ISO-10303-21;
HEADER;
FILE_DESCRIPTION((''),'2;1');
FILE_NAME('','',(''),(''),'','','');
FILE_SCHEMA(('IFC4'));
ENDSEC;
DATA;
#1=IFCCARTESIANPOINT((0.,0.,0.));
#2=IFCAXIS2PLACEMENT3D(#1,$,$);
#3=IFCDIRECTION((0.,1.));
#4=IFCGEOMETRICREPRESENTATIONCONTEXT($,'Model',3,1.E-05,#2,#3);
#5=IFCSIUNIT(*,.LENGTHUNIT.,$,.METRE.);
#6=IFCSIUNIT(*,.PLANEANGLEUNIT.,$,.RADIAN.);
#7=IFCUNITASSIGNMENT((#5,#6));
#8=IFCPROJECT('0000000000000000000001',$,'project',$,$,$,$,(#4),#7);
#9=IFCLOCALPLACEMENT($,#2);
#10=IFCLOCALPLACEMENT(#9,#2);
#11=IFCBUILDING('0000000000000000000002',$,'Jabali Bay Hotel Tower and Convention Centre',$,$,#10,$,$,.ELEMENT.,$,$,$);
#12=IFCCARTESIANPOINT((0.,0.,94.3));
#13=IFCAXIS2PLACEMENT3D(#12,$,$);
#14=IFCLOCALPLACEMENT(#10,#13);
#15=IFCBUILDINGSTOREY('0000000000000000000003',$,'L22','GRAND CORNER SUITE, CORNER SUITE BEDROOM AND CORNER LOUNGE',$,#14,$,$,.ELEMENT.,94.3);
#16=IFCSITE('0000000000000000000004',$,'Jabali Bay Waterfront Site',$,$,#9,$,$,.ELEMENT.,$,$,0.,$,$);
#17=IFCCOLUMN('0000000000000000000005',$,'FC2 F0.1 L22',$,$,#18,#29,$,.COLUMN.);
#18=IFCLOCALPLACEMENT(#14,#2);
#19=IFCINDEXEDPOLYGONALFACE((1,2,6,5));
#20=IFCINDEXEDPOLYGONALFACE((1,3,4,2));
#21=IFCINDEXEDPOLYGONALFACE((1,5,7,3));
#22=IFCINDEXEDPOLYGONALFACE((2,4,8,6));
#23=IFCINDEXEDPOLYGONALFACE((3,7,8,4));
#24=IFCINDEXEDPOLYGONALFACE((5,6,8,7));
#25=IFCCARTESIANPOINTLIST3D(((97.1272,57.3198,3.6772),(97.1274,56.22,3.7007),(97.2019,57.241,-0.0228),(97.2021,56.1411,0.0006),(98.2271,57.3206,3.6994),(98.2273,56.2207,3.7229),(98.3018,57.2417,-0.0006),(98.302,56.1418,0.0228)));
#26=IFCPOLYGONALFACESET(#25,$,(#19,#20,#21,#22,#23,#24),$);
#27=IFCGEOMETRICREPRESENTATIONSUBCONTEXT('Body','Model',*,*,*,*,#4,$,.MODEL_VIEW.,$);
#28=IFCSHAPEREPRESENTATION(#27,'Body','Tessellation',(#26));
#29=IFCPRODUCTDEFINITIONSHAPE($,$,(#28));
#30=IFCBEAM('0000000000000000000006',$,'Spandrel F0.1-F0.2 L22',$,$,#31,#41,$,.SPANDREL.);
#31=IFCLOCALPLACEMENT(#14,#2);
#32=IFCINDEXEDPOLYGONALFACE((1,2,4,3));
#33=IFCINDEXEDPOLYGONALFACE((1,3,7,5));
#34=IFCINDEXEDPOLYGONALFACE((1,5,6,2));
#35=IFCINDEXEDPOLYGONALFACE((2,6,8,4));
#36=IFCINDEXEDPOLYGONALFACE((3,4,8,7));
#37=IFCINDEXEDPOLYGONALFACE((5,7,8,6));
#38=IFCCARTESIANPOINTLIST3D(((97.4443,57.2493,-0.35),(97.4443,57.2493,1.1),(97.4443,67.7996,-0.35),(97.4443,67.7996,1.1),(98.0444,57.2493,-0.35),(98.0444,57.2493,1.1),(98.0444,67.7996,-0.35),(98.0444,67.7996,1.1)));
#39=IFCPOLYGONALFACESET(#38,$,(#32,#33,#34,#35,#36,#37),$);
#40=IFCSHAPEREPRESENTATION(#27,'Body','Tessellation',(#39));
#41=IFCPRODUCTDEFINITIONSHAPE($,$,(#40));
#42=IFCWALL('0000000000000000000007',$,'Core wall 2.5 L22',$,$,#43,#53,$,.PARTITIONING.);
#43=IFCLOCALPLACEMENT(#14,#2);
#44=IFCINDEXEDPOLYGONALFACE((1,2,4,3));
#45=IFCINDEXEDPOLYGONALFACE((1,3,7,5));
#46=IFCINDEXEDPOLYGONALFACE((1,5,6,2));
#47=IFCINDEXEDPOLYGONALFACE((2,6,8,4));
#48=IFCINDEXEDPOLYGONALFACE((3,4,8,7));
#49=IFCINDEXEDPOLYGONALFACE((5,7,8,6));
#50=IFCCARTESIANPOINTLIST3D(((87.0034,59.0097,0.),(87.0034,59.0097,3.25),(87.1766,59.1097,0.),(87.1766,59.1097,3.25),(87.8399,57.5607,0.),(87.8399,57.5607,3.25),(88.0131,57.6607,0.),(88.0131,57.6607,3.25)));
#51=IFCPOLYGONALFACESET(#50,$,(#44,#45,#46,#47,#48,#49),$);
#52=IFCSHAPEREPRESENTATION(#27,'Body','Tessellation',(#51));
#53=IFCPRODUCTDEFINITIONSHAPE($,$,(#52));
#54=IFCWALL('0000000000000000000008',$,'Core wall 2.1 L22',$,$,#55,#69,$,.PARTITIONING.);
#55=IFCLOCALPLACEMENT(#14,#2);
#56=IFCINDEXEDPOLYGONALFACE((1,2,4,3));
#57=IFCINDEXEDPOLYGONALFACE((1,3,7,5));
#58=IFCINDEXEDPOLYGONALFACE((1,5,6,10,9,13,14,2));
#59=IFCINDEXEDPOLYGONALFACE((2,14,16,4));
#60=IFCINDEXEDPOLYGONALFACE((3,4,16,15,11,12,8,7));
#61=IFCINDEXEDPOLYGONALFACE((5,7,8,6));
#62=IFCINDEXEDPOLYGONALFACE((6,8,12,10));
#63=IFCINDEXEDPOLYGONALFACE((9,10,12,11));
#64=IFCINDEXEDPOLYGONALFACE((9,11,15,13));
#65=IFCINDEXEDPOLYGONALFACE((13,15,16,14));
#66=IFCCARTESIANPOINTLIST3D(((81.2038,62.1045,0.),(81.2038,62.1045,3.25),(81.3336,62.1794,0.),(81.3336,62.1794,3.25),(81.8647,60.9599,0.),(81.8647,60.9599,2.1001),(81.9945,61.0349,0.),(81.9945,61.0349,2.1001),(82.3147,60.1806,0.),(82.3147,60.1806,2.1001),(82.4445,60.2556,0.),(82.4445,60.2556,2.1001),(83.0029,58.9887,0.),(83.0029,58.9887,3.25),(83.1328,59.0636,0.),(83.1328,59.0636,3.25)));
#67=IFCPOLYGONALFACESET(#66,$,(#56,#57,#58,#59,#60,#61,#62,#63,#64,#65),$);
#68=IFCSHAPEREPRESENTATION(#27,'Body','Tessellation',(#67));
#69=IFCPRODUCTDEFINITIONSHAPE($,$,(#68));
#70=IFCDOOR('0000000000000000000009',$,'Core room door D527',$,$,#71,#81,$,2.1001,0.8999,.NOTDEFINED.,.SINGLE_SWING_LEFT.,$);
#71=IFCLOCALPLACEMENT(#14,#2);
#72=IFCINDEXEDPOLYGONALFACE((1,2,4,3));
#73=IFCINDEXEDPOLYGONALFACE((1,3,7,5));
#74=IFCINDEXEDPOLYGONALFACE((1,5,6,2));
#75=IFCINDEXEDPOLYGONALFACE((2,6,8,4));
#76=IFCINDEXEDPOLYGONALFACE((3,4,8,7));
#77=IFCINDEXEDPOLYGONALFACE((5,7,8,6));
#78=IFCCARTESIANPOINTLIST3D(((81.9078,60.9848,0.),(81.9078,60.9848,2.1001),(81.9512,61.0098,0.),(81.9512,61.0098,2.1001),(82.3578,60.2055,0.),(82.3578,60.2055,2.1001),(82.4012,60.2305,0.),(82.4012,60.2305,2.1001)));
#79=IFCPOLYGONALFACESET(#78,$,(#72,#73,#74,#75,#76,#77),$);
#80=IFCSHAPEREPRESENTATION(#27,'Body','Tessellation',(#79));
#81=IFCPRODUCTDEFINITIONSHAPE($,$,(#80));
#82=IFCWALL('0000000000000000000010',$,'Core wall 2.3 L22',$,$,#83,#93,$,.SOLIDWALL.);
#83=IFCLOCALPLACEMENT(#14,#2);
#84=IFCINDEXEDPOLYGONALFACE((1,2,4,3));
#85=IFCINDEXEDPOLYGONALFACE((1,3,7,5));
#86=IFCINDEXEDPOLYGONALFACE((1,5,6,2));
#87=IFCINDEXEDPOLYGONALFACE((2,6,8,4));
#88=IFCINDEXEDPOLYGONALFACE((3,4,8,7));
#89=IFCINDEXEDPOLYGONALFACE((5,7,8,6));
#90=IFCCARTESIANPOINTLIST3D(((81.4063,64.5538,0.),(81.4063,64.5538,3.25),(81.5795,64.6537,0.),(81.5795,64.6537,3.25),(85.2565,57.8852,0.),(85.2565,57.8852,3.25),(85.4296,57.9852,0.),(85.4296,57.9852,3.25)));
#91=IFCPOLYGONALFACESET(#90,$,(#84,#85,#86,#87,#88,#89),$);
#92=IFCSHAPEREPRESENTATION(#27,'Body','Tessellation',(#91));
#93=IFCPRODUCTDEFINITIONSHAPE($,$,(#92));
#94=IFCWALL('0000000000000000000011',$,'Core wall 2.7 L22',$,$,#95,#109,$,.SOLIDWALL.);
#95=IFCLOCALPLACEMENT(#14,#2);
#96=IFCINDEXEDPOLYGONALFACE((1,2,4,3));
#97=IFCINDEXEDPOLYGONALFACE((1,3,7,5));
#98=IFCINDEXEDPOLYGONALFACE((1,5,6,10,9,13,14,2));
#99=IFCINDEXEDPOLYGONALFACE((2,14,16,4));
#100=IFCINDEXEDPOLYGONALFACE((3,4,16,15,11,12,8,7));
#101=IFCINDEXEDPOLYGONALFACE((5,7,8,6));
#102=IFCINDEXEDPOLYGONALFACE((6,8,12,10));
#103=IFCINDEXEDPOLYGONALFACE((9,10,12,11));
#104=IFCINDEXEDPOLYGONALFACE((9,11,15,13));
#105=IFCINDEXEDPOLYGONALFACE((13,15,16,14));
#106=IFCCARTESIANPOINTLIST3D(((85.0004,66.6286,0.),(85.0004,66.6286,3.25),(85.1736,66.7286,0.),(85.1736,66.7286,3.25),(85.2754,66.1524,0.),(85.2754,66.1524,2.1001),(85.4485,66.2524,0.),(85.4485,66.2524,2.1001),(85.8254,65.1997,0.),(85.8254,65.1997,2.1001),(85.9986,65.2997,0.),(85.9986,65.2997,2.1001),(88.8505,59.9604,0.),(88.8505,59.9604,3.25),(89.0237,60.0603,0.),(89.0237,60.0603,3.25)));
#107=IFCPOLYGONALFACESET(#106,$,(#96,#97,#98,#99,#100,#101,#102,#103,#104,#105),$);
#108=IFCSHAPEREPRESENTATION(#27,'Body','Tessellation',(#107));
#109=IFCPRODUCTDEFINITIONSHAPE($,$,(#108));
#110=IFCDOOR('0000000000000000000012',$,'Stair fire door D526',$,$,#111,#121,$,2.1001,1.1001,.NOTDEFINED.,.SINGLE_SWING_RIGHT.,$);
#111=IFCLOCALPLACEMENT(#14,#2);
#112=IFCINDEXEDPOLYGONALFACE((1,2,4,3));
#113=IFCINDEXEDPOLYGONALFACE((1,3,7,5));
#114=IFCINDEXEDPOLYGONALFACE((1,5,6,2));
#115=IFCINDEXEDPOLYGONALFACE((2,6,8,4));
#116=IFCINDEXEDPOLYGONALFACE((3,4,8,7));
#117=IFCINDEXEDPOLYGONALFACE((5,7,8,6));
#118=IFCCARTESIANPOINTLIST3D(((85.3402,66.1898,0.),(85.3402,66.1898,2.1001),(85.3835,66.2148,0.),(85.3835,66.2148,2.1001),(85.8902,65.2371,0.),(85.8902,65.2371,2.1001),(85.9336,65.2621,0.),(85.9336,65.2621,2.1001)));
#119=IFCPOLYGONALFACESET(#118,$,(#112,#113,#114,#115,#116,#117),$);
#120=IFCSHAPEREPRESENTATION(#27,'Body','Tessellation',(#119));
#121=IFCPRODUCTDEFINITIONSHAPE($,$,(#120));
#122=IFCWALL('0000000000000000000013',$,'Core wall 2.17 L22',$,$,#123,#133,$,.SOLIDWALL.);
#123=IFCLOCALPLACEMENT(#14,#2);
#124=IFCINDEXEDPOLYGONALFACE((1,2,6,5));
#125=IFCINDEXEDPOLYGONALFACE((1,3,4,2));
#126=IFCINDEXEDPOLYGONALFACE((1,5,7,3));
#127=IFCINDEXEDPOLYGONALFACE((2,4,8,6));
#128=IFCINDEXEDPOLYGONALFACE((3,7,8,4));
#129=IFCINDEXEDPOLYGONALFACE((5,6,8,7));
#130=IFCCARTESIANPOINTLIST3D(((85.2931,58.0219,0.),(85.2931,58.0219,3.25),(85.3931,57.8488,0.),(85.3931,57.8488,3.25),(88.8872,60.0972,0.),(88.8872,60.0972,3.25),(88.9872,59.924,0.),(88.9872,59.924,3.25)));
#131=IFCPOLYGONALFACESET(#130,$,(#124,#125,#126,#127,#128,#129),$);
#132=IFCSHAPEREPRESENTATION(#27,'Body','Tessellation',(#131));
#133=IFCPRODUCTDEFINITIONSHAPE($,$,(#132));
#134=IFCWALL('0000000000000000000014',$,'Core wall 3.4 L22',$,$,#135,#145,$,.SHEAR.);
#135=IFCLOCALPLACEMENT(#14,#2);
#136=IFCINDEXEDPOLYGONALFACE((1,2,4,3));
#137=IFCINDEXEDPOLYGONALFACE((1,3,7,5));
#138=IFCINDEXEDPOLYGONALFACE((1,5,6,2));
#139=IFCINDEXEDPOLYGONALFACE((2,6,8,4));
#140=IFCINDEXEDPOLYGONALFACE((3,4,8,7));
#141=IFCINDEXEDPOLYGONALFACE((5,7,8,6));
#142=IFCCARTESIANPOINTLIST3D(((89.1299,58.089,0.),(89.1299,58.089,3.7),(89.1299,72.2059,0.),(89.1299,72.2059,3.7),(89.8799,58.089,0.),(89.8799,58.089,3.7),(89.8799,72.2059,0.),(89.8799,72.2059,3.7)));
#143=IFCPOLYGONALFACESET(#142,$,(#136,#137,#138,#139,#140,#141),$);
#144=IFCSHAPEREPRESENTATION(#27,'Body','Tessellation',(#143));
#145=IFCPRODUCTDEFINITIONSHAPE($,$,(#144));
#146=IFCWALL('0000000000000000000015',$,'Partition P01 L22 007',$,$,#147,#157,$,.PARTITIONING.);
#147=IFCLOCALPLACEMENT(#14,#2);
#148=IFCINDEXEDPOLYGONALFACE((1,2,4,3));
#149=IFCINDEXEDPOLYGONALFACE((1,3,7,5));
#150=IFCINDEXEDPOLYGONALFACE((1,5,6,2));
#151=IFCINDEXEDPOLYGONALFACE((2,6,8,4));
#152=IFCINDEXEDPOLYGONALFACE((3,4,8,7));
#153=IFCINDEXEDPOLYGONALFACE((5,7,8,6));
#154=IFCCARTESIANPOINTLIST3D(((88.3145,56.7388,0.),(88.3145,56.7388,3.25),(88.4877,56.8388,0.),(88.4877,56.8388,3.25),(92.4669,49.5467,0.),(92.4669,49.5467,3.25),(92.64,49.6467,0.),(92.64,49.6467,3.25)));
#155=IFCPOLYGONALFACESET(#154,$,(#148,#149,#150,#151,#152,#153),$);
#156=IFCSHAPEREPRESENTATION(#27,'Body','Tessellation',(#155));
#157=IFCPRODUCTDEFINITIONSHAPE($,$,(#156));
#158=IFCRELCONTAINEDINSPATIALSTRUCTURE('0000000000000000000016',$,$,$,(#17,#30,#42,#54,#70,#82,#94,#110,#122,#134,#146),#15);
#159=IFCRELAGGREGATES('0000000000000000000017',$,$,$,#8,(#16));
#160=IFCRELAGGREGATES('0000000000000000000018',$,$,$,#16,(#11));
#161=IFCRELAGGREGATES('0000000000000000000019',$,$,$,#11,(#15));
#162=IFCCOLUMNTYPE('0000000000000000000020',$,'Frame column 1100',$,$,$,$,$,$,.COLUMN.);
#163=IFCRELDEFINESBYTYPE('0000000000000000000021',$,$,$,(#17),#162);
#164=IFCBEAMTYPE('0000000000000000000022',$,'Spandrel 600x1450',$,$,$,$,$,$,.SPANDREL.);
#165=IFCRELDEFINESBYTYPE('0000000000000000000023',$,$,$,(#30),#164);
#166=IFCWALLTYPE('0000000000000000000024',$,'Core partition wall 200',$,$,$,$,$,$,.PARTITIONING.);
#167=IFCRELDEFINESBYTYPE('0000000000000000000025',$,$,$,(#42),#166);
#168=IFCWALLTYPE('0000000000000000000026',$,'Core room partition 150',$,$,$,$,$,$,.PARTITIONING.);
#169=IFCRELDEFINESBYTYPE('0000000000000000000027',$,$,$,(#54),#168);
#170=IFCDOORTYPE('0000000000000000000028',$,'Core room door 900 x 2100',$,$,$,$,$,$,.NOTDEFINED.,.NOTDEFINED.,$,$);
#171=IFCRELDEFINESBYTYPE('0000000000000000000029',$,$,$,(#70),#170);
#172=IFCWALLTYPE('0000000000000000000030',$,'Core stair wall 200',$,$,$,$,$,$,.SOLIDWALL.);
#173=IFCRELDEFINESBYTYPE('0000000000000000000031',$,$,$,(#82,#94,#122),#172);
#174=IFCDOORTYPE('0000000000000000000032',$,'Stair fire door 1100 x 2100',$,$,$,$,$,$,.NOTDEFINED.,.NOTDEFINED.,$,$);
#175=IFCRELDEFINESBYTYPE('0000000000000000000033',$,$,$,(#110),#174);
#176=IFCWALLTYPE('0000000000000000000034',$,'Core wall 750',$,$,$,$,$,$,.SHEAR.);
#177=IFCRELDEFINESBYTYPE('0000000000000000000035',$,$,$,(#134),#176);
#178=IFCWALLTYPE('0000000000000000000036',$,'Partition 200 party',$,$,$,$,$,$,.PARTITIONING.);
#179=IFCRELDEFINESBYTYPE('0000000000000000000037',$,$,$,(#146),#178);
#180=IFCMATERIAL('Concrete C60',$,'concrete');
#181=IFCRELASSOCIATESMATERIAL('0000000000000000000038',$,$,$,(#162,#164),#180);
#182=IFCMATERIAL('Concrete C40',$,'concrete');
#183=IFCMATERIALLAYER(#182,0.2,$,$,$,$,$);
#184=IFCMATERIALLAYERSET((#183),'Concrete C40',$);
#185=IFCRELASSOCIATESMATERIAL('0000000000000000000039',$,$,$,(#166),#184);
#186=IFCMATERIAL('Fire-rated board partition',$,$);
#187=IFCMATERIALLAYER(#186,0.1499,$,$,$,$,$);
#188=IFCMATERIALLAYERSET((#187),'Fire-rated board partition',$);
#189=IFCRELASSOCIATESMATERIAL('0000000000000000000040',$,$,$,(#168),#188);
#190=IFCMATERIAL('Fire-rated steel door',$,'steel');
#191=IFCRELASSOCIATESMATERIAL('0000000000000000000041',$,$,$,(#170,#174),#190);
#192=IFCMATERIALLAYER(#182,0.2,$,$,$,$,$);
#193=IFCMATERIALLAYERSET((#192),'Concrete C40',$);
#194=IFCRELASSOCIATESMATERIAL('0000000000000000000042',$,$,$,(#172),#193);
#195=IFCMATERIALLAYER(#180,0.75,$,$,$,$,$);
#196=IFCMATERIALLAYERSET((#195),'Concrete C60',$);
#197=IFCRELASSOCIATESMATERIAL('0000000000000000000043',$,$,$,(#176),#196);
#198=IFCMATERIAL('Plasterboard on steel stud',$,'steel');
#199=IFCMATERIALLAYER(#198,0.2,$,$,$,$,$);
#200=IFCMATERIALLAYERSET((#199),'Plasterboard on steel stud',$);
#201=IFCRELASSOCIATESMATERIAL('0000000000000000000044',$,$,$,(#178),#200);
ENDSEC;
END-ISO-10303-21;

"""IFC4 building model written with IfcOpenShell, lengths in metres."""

from ifc_helpers import new_model, si_unit, direction, frame, frame_2d, origin, origin_2d, place, context, subcontext, project, spatial, rectangle, extrude, material, layer, layer_set, material_profile, profile_set, type_object, element, fill, save


model = new_model("IFC4")

# Units and contexts
model_context = context("Model", 3, precision=1e-05, world=origin(), true_north=direction((0.0, 1.0)))
body_context = subcontext(model_context, "Body", "Model", "MODEL_VIEW")
ifc_project = project(units=[si_unit("LENGTHUNIT", "METRE"), si_unit("PLANEANGLEUNIT", "RADIAN")], contexts=[model_context])

# Site, building, storey
site_placement = place(None, origin())
site = spatial("IfcSite", under=ifc_project, at=site_placement, Name="Jabali Bay Waterfront Site", CompositionType="ELEMENT", RefElevation=0.0)
building_placement = place(site_placement, origin())
building = spatial("IfcBuilding", under=site, at=building_placement, Name="Jabali Bay Hotel Tower and Convention Centre", CompositionType="ELEMENT")
storey_placement = place(building_placement, frame((0.0, 0.0, 94.3)))
storey = spatial("IfcBuildingStorey", under=building, at=storey_placement, Name="L22", Description="GRAND CORNER SUITE, CORNER SUITE BEDROOM AND CORNER LOUNGE", CompositionType="ELEMENT", Elevation=94.3)

# Column
ifc_material_1 = material(Name="Concrete C60", Category="concrete")
ifc_material_profile_1 = material_profile(ifc_material_1, rectangle(XDim=1.1001, YDim=1.1001, at=origin_2d()), Name="Frame column 1100")
ifc_profile_set_1 = profile_set([ifc_material_profile_1], Name="Concrete C60")
column_type = type_object("IfcColumnType", Name="Frame column 1100", PredefinedType="COLUMN", material=ifc_profile_set_1)
column_placement = place(storey_placement, frame((97.752, 56.6914, 0.0), z_axis=(-0.020183, 0.021304, 0.999569), x_axis=(0.000228, -0.999773, 0.021313)))
element("IfcColumn", 1, at=column_placement, inside=storey, type_object=column_type, Name="FC2 F0.1 L22", PredefinedType="COLUMN", context=body_context, shape_type="SweptSolid", body=[
    extrude(rectangle(XDim=1.1001, YDim=1.1001, at=origin_2d()), origin(), (0.0, 0.0, 1.0), 3.7017),
])

# Beam
ifc_material_profile_2 = material_profile(ifc_material_1, rectangle(XDim=0.6001, YDim=1.45, at=origin_2d()), Name="Spandrel 600x1450")
ifc_profile_set_2 = profile_set([ifc_material_profile_2], Name="Concrete C60")
beam_type = type_object("IfcBeamType", Name="Spandrel 600x1450", PredefinedType="SPANDREL", material=ifc_profile_set_2)
beam_placement = place(storey_placement, frame((97.7444, 57.2493, 0.375), z_axis=(0.0, 1.0, 0.0), x_axis=(-1.0, 0.0, 0.0)))
element("IfcBeam", 2, at=beam_placement, inside=storey, type_object=beam_type, Name="Spandrel F0.1-F0.2 L22", PredefinedType="SPANDREL", context=body_context, shape_type="SweptSolid", body=[
    extrude(rectangle(XDim=0.6001, YDim=1.45, at=origin_2d()), origin(), (0.0, 0.0, 1.0), 10.5503),
])

# Wall
ifc_material_2 = material(Name="Concrete C40", Category="concrete")
ifc_layer_1 = layer(ifc_material_2, 0.2)
ifc_layer_set_1 = layer_set([ifc_layer_1], Name="Concrete C40")
wall_type_1 = type_object("IfcWallType", Name="Core partition wall 200", PredefinedType="PARTITIONING", material=ifc_layer_set_1)
wall_1_placement = place(storey_placement, frame((87.0901, 59.0596, 0.0), z_axis=(0.0, 0.0, 1.0), x_axis=(0.499937, -0.866062, 0.0)))
element("IfcWall", 3, at=wall_1_placement, inside=storey, type_object=wall_type_1, Name="Core wall 2.5 L22", PredefinedType="PARTITIONING", context=body_context, shape_type="SweptSolid", body=[
    extrude(rectangle(XDim=1.6731, YDim=0.2, at=frame_2d((0.8364, 0.0))), origin(), (0.0, 0.0, 1.0), 3.25),
])

# Wall, opening, door
ifc_material_3 = material(Name="Fire-rated board partition")
ifc_layer_2 = layer(ifc_material_3, 0.1499)
ifc_layer_set_2 = layer_set([ifc_layer_2], Name="Fire-rated board partition")
wall_type_2 = type_object("IfcWallType", Name="Core room partition 150", PredefinedType="PARTITIONING", material=ifc_layer_set_2)
wall_2_placement = place(storey_placement, frame((81.2688, 62.1418, 0.0), z_axis=(0.0, 0.0, 1.0), x_axis=(0.500044, -0.866, 0.0)))
wall_2 = element("IfcWall", 4, at=wall_2_placement, inside=storey, type_object=wall_type_2, Name="Core wall 2.1 L22", PredefinedType="PARTITIONING", context=body_context, shape_type="SweptSolid", body=[
    extrude(rectangle(XDim=3.5979, YDim=0.1499, at=frame_2d((1.7988, 0.0))), origin(), (0.0, 0.0, 1.0), 3.25),
])
opening_1_placement = place(wall_2_placement, frame((1.3215, 0.0, 0.0)))
opening_1 = element("IfcOpeningElement", 5, at=opening_1_placement, cuts=wall_2, PredefinedType="OPENING", context=body_context, shape_type="SweptSolid", body=[
    extrude(rectangle(XDim=0.8999, YDim=2.1001, at=frame_2d((0.45, 1.05))), frame((0.0, 0.0854, 0.0), z_axis=(0.0, -1.0, 0.0), x_axis=(1.0, 0.0, 0.0)), (0.0, 0.0, 1.0), 0.1709),
])
ifc_material_4 = material(Name="Fire-rated steel door", Category="steel")
door_type_1 = type_object("IfcDoorType", Name="Core room door 900 x 2100", OperationType="NOTDEFINED", PredefinedType="NOTDEFINED", material=ifc_material_4)
door_1_placement = place(opening_1_placement, origin())
door_1 = element("IfcDoor", 6, at=door_1_placement, inside=storey, type_object=door_type_1, Name="Core room door D527", OperationType="SINGLE_SWING_LEFT", OverallHeight=2.1001, OverallWidth=0.8999, PredefinedType="NOTDEFINED", context=body_context, shape_type="SweptSolid", body=[
    extrude(rectangle(XDim=0.8999, YDim=2.1001, at=frame_2d((0.45, 1.05))), frame((0.0, 0.0249, 0.0), z_axis=(0.0, -1.0, 0.0), x_axis=(1.0, 0.0, 0.0)), (0.0, 0.0, 1.0), 0.05),
])
fill(opening_1, door_1)

# Wall
ifc_layer_3 = layer(ifc_material_2, 0.2)
ifc_layer_set_3 = layer_set([ifc_layer_3], Name="Concrete C40")
wall_type_3 = type_object("IfcWallType", Name="Core stair wall 200", PredefinedType="SOLIDWALL", material=ifc_layer_set_3)
wall_3_placement = place(storey_placement, frame((81.4929, 64.6038, 0.0), z_axis=(0.0, 0.0, 1.0), x_axis=(0.500006, -0.866022, 0.0)))
element("IfcWall", 7, at=wall_3_placement, inside=storey, type_object=wall_type_3, Name="Core wall 2.3 L22", PredefinedType="SOLIDWALL", context=body_context, shape_type="SweptSolid", body=[
    extrude(rectangle(XDim=7.7002, YDim=0.2, at=frame_2d((3.8501, 0.0))), origin(), (0.0, 0.0, 1.0), 3.25),
])

# Wall, opening, door
wall_4_placement = place(storey_placement, frame((85.0869, 66.6787, 0.0), z_axis=(0.0, 0.0, 1.0), x_axis=(0.50002, -0.866014, 0.0)))
wall_4 = element("IfcWall", 8, at=wall_4_placement, inside=storey, type_object=wall_type_3, Name="Core wall 2.7 L22", PredefinedType="SOLIDWALL", context=body_context, shape_type="SweptSolid", body=[
    extrude(rectangle(XDim=7.7, YDim=0.2, at=frame_2d((3.8501, 0.0))), origin(), (0.0, 0.0, 1.0), 3.25),
])
opening_2_placement = place(wall_4_placement, frame((0.55, 0.0, 0.0)))
opening_2 = element("IfcOpeningElement", 9, at=opening_2_placement, cuts=wall_4, PredefinedType="OPENING", context=body_context, shape_type="SweptSolid", body=[
    extrude(rectangle(XDim=1.1001, YDim=2.1001, at=frame_2d((0.55, 1.05))), frame((0.0, 0.1104, 0.0), z_axis=(0.0, -1.0, 0.0), x_axis=(1.0, 0.0, 0.0)), (0.0, 0.0, 1.0), 0.2209),
])
door_type_2 = type_object("IfcDoorType", Name="Stair fire door 1100 x 2100", OperationType="NOTDEFINED", PredefinedType="NOTDEFINED", material=ifc_material_4)
door_2_placement = place(opening_2_placement, origin())
door_2 = element("IfcDoor", 10, at=door_2_placement, inside=storey, type_object=door_type_2, Name="Stair fire door D526", OperationType="SINGLE_SWING_RIGHT", OverallHeight=2.1001, OverallWidth=1.1001, PredefinedType="NOTDEFINED", context=body_context, shape_type="SweptSolid", body=[
    extrude(rectangle(XDim=1.1001, YDim=2.1001, at=frame_2d((0.55, 1.05))), frame((0.0, 0.0249, 0.0), z_axis=(0.0, -1.0, 0.0), x_axis=(1.0, 0.0, 0.0)), (0.0, 0.0, 1.0), 0.05),
])
fill(opening_2, door_2)

# Walls
wall_5_placement = place(storey_placement, frame((85.343, 57.9353, 0.0), z_axis=(0.0, 0.0, 1.0), x_axis=(0.866004, 0.500036, 0.0)))
element("IfcWall", 11, at=wall_5_placement, inside=storey, type_object=wall_type_3, Name="Core wall 2.17 L22", PredefinedType="SOLIDWALL", context=body_context, shape_type="SweptSolid", body=[
    extrude(rectangle(XDim=4.1501, YDim=0.2, at=frame_2d((2.0752, 0.0))), origin(), (0.0, 0.0, 1.0), 3.25),
])
ifc_layer_4 = layer(ifc_material_1, 0.75)
ifc_layer_set_4 = layer_set([ifc_layer_4], Name="Concrete C60")
wall_type_4 = type_object("IfcWallType", Name="Core wall 750", PredefinedType="SHEAR", material=ifc_layer_set_4)
wall_6_placement = place(storey_placement, frame((89.5049, 58.0889, 0.0), z_axis=(0.0, 0.0, 1.0), x_axis=(0.0, 1.0, 0.0)))
element("IfcWall", 12, at=wall_6_placement, inside=storey, type_object=wall_type_4, Name="Core wall 3.4 L22", PredefinedType="SHEAR", context=body_context, shape_type="SweptSolid", body=[
    extrude(rectangle(XDim=14.1169, YDim=0.75, at=frame_2d((7.0586, 0.0))), origin(), (0.0, 0.0, 1.0), 3.7),
])
ifc_material_5 = material(Name="Plasterboard on steel stud", Category="steel")
ifc_layer_5 = layer(ifc_material_5, 0.2)
ifc_layer_set_5 = layer_set([ifc_layer_5], Name="Plasterboard on steel stud")
wall_type_5 = type_object("IfcWallType", Name="Partition 200 party", PredefinedType="PARTITIONING", material=ifc_layer_set_5)
wall_7_placement = place(storey_placement, frame((88.4011, 56.7888, 0.0), z_axis=(0.0, 0.0, 1.0), x_axis=(0.499996, -0.866027, 0.0)))
element("IfcWall", 13, at=wall_7_placement, inside=storey, type_object=wall_type_5, Name="Partition P01 L22 007", PredefinedType="PARTITIONING", context=body_context, shape_type="SweptSolid", body=[
    extrude(rectangle(XDim=8.3047, YDim=0.2, at=frame_2d((4.1523, 0.0))), origin(), (0.0, 0.0, 1.0), 3.25),
])

save(model, "model.ifc")
